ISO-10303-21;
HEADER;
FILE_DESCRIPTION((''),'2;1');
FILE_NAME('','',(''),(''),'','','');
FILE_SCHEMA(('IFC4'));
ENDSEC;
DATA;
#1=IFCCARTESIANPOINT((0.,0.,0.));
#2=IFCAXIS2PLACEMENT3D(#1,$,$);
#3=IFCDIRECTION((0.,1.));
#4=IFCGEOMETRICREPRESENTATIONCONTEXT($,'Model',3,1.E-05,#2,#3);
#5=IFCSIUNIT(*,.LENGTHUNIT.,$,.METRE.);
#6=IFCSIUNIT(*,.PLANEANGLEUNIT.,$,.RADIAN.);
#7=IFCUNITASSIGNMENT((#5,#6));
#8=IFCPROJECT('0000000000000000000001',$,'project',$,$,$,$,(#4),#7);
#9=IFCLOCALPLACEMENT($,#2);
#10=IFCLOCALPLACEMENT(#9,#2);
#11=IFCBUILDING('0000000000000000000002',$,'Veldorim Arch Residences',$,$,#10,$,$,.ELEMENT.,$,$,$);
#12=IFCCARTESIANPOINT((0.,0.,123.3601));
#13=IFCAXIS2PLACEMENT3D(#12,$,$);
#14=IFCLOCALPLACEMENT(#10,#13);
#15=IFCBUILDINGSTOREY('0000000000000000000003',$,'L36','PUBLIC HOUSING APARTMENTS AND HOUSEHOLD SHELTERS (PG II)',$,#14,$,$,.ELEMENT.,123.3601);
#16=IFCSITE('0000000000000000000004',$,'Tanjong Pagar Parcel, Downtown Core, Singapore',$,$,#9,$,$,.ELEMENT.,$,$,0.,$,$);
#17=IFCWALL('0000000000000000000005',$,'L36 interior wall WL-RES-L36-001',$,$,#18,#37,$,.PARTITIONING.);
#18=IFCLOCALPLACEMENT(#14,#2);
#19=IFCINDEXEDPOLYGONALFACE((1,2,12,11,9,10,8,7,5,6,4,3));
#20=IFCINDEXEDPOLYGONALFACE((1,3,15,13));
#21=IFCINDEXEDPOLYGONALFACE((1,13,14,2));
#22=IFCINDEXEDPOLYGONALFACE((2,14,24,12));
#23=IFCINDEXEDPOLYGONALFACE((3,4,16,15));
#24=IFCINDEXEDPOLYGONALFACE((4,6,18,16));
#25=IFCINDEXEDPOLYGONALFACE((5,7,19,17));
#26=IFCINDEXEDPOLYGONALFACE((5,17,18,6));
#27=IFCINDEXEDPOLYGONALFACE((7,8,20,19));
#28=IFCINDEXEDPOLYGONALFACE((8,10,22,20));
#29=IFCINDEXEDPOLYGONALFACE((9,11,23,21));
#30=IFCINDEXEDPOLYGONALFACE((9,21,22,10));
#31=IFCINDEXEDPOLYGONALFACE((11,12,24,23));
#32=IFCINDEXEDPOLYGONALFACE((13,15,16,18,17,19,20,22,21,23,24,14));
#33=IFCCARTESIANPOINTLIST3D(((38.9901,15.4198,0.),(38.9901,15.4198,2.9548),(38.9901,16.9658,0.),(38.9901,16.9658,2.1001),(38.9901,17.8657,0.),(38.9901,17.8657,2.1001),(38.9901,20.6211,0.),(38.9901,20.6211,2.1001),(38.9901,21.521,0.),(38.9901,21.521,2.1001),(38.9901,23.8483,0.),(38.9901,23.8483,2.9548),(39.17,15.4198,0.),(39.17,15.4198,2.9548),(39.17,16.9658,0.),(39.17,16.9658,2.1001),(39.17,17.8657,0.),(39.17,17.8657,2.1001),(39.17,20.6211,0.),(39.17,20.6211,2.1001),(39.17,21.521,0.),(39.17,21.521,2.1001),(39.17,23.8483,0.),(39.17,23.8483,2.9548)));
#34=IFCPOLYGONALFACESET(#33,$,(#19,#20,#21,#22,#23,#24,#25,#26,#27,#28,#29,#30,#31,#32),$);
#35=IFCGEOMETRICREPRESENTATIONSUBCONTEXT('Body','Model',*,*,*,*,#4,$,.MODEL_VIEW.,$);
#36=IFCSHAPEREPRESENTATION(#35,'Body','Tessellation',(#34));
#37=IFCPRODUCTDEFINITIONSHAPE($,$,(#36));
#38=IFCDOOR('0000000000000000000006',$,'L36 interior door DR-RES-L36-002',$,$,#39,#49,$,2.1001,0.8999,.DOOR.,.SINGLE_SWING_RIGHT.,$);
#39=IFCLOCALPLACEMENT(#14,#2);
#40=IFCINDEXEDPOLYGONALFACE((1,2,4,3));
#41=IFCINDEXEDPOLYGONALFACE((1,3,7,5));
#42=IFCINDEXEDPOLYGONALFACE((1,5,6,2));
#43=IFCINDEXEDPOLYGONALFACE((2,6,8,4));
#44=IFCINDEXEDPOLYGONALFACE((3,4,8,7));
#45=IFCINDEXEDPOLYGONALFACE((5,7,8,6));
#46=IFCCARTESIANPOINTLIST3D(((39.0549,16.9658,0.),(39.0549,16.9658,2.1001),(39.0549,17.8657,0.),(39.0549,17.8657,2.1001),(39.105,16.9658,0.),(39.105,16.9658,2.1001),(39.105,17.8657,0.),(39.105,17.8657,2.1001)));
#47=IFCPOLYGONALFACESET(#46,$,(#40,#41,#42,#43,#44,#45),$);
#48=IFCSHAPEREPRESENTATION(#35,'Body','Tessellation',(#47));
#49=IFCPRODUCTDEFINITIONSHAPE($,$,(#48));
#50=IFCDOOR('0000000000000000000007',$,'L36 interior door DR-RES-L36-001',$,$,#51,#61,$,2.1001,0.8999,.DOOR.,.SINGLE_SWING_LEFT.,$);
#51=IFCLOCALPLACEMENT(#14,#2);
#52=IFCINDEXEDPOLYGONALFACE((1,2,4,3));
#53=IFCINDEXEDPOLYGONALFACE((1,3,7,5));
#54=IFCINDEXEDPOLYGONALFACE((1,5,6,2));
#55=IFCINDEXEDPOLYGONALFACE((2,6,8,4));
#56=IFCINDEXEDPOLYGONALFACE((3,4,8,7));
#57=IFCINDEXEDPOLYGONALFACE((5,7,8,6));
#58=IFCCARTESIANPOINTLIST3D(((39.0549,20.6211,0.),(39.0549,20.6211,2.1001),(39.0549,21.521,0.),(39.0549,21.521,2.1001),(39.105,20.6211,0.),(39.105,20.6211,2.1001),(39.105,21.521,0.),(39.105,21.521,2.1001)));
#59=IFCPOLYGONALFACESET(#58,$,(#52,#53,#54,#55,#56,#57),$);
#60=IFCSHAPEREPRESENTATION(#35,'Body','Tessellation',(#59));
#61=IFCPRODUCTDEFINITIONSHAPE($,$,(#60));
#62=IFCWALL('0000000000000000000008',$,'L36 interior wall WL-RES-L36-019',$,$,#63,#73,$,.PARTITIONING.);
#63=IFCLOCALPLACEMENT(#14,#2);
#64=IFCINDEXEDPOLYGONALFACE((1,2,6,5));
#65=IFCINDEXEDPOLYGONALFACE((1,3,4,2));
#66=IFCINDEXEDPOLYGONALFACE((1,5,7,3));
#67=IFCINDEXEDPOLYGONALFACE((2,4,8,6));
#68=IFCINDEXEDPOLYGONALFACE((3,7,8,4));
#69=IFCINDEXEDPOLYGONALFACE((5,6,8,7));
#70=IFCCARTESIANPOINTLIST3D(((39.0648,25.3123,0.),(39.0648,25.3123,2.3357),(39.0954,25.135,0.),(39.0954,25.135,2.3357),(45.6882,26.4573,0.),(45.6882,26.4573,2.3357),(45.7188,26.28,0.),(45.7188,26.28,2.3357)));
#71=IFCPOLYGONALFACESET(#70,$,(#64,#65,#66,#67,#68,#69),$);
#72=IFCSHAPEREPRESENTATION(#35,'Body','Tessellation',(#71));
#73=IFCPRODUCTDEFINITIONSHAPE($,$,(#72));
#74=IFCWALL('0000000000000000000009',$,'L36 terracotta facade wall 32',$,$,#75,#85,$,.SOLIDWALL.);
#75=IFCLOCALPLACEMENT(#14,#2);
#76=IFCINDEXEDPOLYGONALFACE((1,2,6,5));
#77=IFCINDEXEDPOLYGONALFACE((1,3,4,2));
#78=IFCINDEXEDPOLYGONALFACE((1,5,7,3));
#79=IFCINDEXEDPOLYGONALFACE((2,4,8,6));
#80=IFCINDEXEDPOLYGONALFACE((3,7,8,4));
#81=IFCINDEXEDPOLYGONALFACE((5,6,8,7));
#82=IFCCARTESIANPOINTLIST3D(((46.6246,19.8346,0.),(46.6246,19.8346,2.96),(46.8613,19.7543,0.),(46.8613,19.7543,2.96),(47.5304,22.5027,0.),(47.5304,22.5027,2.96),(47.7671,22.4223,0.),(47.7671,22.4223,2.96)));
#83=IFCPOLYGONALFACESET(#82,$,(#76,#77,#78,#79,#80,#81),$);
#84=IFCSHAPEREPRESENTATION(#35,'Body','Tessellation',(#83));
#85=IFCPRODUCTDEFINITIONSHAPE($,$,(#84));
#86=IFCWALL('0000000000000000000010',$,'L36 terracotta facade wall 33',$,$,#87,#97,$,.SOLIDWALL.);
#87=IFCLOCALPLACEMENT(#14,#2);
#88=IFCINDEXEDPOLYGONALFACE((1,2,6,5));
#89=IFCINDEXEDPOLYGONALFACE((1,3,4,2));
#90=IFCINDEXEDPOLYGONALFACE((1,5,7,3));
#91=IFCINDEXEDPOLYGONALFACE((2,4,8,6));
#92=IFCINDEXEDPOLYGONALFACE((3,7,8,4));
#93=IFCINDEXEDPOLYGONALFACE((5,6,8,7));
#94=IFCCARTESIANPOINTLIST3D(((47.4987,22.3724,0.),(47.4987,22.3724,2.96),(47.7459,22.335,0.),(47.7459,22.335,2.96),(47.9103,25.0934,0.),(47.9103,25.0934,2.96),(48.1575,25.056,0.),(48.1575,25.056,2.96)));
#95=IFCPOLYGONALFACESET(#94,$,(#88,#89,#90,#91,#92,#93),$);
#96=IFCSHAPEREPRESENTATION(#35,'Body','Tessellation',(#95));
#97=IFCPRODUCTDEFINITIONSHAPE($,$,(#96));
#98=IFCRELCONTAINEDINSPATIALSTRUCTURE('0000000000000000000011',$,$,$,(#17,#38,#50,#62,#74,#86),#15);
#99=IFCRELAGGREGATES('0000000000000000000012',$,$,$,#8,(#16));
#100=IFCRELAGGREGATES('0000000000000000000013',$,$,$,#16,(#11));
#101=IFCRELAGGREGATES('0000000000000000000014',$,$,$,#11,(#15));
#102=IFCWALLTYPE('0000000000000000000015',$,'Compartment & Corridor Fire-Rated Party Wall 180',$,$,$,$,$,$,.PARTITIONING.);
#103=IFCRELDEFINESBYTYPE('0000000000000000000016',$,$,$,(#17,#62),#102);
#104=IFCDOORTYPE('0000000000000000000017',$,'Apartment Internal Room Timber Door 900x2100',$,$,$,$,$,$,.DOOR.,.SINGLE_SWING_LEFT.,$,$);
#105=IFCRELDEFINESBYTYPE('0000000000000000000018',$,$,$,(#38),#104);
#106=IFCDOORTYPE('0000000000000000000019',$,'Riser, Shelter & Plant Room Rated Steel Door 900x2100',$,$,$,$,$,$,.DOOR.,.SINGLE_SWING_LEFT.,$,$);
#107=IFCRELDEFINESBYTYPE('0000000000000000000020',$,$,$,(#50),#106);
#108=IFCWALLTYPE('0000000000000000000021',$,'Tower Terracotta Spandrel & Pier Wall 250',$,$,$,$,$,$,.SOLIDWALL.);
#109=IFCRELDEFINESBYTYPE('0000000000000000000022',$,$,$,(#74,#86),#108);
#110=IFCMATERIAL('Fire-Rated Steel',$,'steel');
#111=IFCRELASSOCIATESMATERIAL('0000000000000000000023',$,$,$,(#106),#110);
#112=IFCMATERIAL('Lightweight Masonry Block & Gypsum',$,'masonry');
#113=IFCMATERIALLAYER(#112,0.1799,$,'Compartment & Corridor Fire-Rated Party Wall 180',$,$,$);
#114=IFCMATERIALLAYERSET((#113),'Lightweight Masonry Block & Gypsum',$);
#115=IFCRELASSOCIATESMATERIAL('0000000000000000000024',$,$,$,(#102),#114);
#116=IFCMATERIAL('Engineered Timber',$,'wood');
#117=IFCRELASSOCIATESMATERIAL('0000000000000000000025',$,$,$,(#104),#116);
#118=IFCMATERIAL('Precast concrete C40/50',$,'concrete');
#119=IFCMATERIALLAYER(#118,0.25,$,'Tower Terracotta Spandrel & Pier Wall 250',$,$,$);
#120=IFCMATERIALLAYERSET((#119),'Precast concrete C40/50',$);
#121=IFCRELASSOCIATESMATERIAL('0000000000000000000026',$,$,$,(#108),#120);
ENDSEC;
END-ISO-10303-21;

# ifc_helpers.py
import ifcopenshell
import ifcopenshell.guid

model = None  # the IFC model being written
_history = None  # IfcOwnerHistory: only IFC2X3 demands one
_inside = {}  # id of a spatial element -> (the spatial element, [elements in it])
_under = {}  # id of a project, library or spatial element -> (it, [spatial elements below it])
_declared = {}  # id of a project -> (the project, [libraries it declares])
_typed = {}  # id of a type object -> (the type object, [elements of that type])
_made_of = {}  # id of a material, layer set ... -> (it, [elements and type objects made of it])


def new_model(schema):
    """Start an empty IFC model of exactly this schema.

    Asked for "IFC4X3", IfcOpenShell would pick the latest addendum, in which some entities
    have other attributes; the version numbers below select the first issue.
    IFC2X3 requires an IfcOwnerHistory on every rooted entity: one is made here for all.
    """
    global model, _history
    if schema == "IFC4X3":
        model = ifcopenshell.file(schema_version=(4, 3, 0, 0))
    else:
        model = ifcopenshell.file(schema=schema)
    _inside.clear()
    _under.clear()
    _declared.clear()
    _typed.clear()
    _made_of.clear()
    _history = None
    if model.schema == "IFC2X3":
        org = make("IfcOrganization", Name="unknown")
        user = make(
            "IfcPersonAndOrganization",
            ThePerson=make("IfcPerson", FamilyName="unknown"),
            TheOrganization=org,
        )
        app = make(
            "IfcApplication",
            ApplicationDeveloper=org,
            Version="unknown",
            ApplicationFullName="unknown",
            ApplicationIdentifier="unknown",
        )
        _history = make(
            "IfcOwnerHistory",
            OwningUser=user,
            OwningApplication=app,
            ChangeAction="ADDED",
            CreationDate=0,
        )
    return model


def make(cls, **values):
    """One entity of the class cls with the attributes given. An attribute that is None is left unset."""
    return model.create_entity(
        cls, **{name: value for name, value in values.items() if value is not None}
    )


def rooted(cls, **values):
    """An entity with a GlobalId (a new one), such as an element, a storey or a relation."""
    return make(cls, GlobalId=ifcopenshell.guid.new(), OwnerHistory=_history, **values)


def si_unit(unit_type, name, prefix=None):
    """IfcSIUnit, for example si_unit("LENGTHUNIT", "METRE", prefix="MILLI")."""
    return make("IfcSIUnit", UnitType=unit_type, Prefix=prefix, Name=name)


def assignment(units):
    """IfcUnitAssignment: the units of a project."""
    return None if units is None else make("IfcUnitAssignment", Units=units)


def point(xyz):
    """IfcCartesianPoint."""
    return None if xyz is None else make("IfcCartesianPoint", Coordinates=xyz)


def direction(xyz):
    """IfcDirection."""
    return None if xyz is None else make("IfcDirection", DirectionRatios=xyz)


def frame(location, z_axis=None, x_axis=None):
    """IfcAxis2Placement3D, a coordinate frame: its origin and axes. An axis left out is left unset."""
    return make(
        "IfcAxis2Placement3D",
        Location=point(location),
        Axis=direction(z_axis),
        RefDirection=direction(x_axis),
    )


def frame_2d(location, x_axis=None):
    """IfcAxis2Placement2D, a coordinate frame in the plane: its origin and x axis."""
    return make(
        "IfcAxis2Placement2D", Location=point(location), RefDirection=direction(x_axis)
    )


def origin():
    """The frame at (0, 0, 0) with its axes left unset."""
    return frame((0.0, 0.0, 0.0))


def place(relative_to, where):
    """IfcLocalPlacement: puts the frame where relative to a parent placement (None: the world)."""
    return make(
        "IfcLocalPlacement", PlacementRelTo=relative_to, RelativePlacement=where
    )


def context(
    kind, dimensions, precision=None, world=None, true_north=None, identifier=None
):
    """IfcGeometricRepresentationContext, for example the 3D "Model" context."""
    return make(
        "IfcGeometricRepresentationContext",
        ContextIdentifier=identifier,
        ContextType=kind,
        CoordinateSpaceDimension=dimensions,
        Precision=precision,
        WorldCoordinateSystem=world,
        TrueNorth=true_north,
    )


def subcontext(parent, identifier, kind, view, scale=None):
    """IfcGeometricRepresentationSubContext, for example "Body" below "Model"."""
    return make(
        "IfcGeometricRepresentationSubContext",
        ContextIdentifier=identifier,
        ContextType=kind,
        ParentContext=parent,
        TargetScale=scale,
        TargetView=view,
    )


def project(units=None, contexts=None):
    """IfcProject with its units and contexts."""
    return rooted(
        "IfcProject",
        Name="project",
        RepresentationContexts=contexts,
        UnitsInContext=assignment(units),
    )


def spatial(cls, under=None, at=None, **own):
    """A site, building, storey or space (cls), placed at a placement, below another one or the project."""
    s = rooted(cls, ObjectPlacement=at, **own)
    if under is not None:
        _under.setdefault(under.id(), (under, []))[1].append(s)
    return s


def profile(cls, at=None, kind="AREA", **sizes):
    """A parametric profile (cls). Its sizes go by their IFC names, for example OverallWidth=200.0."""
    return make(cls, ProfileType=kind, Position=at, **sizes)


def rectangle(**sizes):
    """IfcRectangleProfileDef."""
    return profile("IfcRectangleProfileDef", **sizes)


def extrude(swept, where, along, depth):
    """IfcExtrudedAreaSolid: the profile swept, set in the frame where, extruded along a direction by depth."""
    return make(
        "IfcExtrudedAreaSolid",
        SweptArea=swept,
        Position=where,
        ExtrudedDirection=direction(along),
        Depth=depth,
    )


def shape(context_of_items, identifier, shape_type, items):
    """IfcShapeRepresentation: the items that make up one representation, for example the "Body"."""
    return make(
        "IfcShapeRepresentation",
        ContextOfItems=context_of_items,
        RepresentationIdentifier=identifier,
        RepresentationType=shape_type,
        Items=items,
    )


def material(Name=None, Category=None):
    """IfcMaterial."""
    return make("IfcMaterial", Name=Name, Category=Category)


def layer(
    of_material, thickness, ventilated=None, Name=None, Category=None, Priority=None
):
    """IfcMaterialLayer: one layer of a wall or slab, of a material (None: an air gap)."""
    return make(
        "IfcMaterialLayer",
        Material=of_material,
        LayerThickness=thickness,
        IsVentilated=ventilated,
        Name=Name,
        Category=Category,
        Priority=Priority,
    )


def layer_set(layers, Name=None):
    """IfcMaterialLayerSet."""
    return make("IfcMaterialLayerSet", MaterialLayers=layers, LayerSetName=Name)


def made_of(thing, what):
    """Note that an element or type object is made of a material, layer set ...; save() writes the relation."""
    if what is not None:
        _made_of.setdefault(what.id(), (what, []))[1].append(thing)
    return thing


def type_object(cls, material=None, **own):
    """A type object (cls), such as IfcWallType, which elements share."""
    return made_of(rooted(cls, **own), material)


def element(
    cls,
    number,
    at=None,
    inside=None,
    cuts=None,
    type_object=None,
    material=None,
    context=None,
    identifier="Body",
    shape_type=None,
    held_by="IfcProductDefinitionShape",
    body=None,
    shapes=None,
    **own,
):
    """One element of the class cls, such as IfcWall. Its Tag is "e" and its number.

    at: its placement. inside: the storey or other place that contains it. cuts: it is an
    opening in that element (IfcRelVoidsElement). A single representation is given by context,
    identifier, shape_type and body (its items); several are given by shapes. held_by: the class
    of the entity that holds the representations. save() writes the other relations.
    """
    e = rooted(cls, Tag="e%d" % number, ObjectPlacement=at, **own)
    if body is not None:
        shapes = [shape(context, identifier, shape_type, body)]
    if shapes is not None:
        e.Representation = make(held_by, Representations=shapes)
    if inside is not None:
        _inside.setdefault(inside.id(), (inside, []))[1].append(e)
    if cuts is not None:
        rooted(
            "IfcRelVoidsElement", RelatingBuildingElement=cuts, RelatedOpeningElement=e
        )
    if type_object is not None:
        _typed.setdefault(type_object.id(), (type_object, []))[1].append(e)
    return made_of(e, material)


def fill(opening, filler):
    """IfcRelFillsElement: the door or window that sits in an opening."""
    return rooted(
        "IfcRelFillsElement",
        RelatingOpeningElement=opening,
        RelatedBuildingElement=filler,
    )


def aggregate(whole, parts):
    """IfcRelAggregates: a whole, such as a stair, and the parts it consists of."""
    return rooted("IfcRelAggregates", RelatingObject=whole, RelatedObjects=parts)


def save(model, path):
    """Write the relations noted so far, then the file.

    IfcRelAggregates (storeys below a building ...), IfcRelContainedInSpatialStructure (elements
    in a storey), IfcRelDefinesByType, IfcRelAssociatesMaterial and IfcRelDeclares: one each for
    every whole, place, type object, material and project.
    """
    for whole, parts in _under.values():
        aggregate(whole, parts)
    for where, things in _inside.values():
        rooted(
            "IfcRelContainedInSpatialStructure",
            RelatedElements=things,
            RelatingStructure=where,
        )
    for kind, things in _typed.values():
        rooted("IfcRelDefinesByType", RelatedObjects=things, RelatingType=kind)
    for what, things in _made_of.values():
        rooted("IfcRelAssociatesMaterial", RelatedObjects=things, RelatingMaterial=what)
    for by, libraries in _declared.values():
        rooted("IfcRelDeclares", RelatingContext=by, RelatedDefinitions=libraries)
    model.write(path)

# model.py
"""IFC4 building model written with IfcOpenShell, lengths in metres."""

from ifc_helpers import new_model, si_unit, direction, frame, frame_2d, origin, place, context, subcontext, project, spatial, rectangle, extrude, material, layer, layer_set, type_object, element, fill, save


model = new_model("IFC4")

# Units and contexts
model_context = context("Model", 3, precision=1e-05, world=origin(), true_north=direction((0.0, 1.0)))
body_context = subcontext(model_context, "Body", "Model", "MODEL_VIEW")
ifc_project = project(units=[si_unit("LENGTHUNIT", "METRE"), si_unit("PLANEANGLEUNIT", "RADIAN")], contexts=[model_context])

# Site, building, storey
site_placement = place(None, origin())
site = spatial("IfcSite", under=ifc_project, at=site_placement, Name="Tanjong Pagar Parcel, Downtown Core, Singapore", CompositionType="ELEMENT", RefElevation=0.0)
building_placement = place(site_placement, origin())
building = spatial("IfcBuilding", under=site, at=building_placement, Name="Veldorim Arch Residences", CompositionType="ELEMENT")
storey_placement = place(building_placement, frame((0.0, 0.0, 123.3601)))
storey = spatial("IfcBuildingStorey", under=building, at=storey_placement, Name="L36", Description="PUBLIC HOUSING APARTMENTS AND HOUSEHOLD SHELTERS (PG II)", CompositionType="ELEMENT", Elevation=123.3601)

# Shared definitions
ifc_material_1 = material(Name="Fire-Rated Steel", Category="steel")
door_type_1 = type_object("IfcDoorType", Name="Riser, Shelter & Plant Room Rated Steel Door 900x2100", OperationType="SINGLE_SWING_LEFT", PredefinedType="DOOR", material=ifc_material_1)

# Shared definitions
ifc_material_2 = material(Name="Lightweight Masonry Block & Gypsum", Category="masonry")
ifc_layer_1 = layer(ifc_material_2, 0.1799, Name="Compartment & Corridor Fire-Rated Party Wall 180")
ifc_layer_set_1 = layer_set([ifc_layer_1], Name="Lightweight Masonry Block & Gypsum")
wall_type_1 = type_object("IfcWallType", Name="Compartment & Corridor Fire-Rated Party Wall 180", PredefinedType="PARTITIONING", material=ifc_layer_set_1)

# Wall, openings, doors
wall_1_placement = place(storey_placement, frame((39.0801, 23.8484, 0.0), z_axis=(0.0, 0.0, 1.0), x_axis=(0.0, -1.0, 0.0)))
wall_1 = element("IfcWall", 1, at=wall_1_placement, inside=storey, type_object=wall_type_1, Name="L36 interior wall WL-RES-L36-001", PredefinedType="PARTITIONING", context=body_context, shape_type="SweptSolid", body=[
    extrude(rectangle(XDim=8.4285, YDim=0.1799, at=frame_2d((4.2144, 0.0))), origin(), (0.0, 0.0, 1.0), 2.9548),
])
opening_1_placement = place(wall_1_placement, frame((2.3274, 0.0, 0.0)))
opening_1 = element("IfcOpeningElement", 2, at=opening_1_placement, cuts=wall_1, PredefinedType="OPENING", context=body_context, shape_type="SweptSolid", body=[
    extrude(rectangle(XDim=0.8999, YDim=2.1001, at=frame_2d((0.45, 1.05))), frame((0.0, 0.0999, 0.0), z_axis=(0.0, -1.0, 0.0), x_axis=(1.0, 0.0, 0.0)), (0.0, 0.0, 1.0), 0.2),
])
opening_2_placement = place(wall_1_placement, frame((5.9827, 0.0, 0.0)))
opening_2 = element("IfcOpeningElement", 3, at=opening_2_placement, cuts=wall_1, PredefinedType="OPENING", context=body_context, shape_type="SweptSolid", body=[
    extrude(rectangle(XDim=0.8999, YDim=2.1001, at=frame_2d((0.45, 1.05))), frame((0.0, 0.0999, 0.0), z_axis=(0.0, -1.0, 0.0), x_axis=(1.0, 0.0, 0.0)), (0.0, 0.0, 1.0), 0.2),
])
ifc_material_3 = material(Name="Engineered Timber", Category="wood")
door_type_2 = type_object("IfcDoorType", Name="Apartment Internal Room Timber Door 900x2100", OperationType="SINGLE_SWING_LEFT", PredefinedType="DOOR", material=ifc_material_3)
door_1_placement = place(opening_2_placement, origin())
door_1 = element("IfcDoor", 4, at=door_1_placement, inside=storey, type_object=door_type_2, Name="L36 interior door DR-RES-L36-002", OperationType="SINGLE_SWING_RIGHT", OverallHeight=2.1001, OverallWidth=0.8999, PredefinedType="DOOR", context=body_context, shape_type="SweptSolid", body=[
    extrude(rectangle(XDim=0.8999, YDim=2.1001, at=frame_2d((0.45, 1.05))), frame((0.0, 0.0249, 0.0), z_axis=(0.0, -1.0, 0.0), x_axis=(1.0, 0.0, 0.0)), (0.0, 0.0, 1.0), 0.05),
])
fill(opening_2, door_1)
door_2_placement = place(opening_1_placement, origin())
door_2 = element("IfcDoor", 5, at=door_2_placement, inside=storey, type_object=door_type_1, Name="L36 interior door DR-RES-L36-001", OperationType="SINGLE_SWING_LEFT", OverallHeight=2.1001, OverallWidth=0.8999, PredefinedType="DOOR", context=body_context, shape_type="SweptSolid", body=[
    extrude(rectangle(XDim=0.8999, YDim=2.1001, at=frame_2d((0.45, 1.05))), frame((0.0, 0.0249, 0.0), z_axis=(0.0, -1.0, 0.0), x_axis=(1.0, 0.0, 0.0)), (0.0, 0.0, 1.0), 0.05),
])
fill(opening_1, door_2)

# Walls
wall_2_placement = place(storey_placement, frame((39.0801, 25.2236, 0.0), z_axis=(0.0, 0.0, 1.0), x_axis=(0.985385, 0.170345, 0.0)))
element("IfcWall", 6, at=wall_2_placement, inside=storey, type_object=wall_type_1, Name="L36 interior wall WL-RES-L36-019", PredefinedType="PARTITIONING", context=body_context, shape_type="SweptSolid", body=[
    extrude(rectangle(XDim=6.7217, YDim=0.1799, at=frame_2d((3.3608, 0.0))), origin(), (0.0, 0.0, 1.0), 2.3357),
])
ifc_material_4 = material(Name="Precast concrete C40/50", Category="concrete")
ifc_layer_2 = layer(ifc_material_4, 0.25, Name="Tower Terracotta Spandrel & Pier Wall 250")
ifc_layer_set_2 = layer_set([ifc_layer_2], Name="Precast concrete C40/50")
wall_type_2 = type_object("IfcWallType", Name="Tower Terracotta Spandrel & Pier Wall 250", PredefinedType="SOLIDWALL", material=ifc_layer_set_2)
wall_3_placement = place(storey_placement, frame((47.6487, 22.4624, 0.0), z_axis=(0.0, 0.0, 1.0), x_axis=(-0.321474, -0.946918, 0.0)))
element("IfcWall", 7, at=wall_3_placement, inside=storey, type_object=wall_type_2, Name="L36 terracotta facade wall 32", PredefinedType="SOLIDWALL", context=body_context, shape_type="SweptSolid", body=[
    extrude(rectangle(XDim=2.8176, YDim=0.25, at=frame_2d((1.4087, 0.0))), origin(), (0.0, 0.0, 1.0), 2.96),
])
wall_4_placement = place(storey_placement, frame((48.0339, 25.0747, 0.0), z_axis=(0.0, 0.0, 1.0), x_axis=(-0.149577, -0.98875, 0.0)))
element("IfcWall", 8, at=wall_4_placement, inside=storey, type_object=wall_type_2, Name="L36 terracotta facade wall 33", PredefinedType="SOLIDWALL", context=body_context, shape_type="SweptSolid", body=[
    extrude(rectangle(XDim=2.752, YDim=0.25, at=frame_2d((1.376, 0.0))), origin(), (0.0, 0.0, 1.0), 2.96),
])

save(model, "model.ifc")
